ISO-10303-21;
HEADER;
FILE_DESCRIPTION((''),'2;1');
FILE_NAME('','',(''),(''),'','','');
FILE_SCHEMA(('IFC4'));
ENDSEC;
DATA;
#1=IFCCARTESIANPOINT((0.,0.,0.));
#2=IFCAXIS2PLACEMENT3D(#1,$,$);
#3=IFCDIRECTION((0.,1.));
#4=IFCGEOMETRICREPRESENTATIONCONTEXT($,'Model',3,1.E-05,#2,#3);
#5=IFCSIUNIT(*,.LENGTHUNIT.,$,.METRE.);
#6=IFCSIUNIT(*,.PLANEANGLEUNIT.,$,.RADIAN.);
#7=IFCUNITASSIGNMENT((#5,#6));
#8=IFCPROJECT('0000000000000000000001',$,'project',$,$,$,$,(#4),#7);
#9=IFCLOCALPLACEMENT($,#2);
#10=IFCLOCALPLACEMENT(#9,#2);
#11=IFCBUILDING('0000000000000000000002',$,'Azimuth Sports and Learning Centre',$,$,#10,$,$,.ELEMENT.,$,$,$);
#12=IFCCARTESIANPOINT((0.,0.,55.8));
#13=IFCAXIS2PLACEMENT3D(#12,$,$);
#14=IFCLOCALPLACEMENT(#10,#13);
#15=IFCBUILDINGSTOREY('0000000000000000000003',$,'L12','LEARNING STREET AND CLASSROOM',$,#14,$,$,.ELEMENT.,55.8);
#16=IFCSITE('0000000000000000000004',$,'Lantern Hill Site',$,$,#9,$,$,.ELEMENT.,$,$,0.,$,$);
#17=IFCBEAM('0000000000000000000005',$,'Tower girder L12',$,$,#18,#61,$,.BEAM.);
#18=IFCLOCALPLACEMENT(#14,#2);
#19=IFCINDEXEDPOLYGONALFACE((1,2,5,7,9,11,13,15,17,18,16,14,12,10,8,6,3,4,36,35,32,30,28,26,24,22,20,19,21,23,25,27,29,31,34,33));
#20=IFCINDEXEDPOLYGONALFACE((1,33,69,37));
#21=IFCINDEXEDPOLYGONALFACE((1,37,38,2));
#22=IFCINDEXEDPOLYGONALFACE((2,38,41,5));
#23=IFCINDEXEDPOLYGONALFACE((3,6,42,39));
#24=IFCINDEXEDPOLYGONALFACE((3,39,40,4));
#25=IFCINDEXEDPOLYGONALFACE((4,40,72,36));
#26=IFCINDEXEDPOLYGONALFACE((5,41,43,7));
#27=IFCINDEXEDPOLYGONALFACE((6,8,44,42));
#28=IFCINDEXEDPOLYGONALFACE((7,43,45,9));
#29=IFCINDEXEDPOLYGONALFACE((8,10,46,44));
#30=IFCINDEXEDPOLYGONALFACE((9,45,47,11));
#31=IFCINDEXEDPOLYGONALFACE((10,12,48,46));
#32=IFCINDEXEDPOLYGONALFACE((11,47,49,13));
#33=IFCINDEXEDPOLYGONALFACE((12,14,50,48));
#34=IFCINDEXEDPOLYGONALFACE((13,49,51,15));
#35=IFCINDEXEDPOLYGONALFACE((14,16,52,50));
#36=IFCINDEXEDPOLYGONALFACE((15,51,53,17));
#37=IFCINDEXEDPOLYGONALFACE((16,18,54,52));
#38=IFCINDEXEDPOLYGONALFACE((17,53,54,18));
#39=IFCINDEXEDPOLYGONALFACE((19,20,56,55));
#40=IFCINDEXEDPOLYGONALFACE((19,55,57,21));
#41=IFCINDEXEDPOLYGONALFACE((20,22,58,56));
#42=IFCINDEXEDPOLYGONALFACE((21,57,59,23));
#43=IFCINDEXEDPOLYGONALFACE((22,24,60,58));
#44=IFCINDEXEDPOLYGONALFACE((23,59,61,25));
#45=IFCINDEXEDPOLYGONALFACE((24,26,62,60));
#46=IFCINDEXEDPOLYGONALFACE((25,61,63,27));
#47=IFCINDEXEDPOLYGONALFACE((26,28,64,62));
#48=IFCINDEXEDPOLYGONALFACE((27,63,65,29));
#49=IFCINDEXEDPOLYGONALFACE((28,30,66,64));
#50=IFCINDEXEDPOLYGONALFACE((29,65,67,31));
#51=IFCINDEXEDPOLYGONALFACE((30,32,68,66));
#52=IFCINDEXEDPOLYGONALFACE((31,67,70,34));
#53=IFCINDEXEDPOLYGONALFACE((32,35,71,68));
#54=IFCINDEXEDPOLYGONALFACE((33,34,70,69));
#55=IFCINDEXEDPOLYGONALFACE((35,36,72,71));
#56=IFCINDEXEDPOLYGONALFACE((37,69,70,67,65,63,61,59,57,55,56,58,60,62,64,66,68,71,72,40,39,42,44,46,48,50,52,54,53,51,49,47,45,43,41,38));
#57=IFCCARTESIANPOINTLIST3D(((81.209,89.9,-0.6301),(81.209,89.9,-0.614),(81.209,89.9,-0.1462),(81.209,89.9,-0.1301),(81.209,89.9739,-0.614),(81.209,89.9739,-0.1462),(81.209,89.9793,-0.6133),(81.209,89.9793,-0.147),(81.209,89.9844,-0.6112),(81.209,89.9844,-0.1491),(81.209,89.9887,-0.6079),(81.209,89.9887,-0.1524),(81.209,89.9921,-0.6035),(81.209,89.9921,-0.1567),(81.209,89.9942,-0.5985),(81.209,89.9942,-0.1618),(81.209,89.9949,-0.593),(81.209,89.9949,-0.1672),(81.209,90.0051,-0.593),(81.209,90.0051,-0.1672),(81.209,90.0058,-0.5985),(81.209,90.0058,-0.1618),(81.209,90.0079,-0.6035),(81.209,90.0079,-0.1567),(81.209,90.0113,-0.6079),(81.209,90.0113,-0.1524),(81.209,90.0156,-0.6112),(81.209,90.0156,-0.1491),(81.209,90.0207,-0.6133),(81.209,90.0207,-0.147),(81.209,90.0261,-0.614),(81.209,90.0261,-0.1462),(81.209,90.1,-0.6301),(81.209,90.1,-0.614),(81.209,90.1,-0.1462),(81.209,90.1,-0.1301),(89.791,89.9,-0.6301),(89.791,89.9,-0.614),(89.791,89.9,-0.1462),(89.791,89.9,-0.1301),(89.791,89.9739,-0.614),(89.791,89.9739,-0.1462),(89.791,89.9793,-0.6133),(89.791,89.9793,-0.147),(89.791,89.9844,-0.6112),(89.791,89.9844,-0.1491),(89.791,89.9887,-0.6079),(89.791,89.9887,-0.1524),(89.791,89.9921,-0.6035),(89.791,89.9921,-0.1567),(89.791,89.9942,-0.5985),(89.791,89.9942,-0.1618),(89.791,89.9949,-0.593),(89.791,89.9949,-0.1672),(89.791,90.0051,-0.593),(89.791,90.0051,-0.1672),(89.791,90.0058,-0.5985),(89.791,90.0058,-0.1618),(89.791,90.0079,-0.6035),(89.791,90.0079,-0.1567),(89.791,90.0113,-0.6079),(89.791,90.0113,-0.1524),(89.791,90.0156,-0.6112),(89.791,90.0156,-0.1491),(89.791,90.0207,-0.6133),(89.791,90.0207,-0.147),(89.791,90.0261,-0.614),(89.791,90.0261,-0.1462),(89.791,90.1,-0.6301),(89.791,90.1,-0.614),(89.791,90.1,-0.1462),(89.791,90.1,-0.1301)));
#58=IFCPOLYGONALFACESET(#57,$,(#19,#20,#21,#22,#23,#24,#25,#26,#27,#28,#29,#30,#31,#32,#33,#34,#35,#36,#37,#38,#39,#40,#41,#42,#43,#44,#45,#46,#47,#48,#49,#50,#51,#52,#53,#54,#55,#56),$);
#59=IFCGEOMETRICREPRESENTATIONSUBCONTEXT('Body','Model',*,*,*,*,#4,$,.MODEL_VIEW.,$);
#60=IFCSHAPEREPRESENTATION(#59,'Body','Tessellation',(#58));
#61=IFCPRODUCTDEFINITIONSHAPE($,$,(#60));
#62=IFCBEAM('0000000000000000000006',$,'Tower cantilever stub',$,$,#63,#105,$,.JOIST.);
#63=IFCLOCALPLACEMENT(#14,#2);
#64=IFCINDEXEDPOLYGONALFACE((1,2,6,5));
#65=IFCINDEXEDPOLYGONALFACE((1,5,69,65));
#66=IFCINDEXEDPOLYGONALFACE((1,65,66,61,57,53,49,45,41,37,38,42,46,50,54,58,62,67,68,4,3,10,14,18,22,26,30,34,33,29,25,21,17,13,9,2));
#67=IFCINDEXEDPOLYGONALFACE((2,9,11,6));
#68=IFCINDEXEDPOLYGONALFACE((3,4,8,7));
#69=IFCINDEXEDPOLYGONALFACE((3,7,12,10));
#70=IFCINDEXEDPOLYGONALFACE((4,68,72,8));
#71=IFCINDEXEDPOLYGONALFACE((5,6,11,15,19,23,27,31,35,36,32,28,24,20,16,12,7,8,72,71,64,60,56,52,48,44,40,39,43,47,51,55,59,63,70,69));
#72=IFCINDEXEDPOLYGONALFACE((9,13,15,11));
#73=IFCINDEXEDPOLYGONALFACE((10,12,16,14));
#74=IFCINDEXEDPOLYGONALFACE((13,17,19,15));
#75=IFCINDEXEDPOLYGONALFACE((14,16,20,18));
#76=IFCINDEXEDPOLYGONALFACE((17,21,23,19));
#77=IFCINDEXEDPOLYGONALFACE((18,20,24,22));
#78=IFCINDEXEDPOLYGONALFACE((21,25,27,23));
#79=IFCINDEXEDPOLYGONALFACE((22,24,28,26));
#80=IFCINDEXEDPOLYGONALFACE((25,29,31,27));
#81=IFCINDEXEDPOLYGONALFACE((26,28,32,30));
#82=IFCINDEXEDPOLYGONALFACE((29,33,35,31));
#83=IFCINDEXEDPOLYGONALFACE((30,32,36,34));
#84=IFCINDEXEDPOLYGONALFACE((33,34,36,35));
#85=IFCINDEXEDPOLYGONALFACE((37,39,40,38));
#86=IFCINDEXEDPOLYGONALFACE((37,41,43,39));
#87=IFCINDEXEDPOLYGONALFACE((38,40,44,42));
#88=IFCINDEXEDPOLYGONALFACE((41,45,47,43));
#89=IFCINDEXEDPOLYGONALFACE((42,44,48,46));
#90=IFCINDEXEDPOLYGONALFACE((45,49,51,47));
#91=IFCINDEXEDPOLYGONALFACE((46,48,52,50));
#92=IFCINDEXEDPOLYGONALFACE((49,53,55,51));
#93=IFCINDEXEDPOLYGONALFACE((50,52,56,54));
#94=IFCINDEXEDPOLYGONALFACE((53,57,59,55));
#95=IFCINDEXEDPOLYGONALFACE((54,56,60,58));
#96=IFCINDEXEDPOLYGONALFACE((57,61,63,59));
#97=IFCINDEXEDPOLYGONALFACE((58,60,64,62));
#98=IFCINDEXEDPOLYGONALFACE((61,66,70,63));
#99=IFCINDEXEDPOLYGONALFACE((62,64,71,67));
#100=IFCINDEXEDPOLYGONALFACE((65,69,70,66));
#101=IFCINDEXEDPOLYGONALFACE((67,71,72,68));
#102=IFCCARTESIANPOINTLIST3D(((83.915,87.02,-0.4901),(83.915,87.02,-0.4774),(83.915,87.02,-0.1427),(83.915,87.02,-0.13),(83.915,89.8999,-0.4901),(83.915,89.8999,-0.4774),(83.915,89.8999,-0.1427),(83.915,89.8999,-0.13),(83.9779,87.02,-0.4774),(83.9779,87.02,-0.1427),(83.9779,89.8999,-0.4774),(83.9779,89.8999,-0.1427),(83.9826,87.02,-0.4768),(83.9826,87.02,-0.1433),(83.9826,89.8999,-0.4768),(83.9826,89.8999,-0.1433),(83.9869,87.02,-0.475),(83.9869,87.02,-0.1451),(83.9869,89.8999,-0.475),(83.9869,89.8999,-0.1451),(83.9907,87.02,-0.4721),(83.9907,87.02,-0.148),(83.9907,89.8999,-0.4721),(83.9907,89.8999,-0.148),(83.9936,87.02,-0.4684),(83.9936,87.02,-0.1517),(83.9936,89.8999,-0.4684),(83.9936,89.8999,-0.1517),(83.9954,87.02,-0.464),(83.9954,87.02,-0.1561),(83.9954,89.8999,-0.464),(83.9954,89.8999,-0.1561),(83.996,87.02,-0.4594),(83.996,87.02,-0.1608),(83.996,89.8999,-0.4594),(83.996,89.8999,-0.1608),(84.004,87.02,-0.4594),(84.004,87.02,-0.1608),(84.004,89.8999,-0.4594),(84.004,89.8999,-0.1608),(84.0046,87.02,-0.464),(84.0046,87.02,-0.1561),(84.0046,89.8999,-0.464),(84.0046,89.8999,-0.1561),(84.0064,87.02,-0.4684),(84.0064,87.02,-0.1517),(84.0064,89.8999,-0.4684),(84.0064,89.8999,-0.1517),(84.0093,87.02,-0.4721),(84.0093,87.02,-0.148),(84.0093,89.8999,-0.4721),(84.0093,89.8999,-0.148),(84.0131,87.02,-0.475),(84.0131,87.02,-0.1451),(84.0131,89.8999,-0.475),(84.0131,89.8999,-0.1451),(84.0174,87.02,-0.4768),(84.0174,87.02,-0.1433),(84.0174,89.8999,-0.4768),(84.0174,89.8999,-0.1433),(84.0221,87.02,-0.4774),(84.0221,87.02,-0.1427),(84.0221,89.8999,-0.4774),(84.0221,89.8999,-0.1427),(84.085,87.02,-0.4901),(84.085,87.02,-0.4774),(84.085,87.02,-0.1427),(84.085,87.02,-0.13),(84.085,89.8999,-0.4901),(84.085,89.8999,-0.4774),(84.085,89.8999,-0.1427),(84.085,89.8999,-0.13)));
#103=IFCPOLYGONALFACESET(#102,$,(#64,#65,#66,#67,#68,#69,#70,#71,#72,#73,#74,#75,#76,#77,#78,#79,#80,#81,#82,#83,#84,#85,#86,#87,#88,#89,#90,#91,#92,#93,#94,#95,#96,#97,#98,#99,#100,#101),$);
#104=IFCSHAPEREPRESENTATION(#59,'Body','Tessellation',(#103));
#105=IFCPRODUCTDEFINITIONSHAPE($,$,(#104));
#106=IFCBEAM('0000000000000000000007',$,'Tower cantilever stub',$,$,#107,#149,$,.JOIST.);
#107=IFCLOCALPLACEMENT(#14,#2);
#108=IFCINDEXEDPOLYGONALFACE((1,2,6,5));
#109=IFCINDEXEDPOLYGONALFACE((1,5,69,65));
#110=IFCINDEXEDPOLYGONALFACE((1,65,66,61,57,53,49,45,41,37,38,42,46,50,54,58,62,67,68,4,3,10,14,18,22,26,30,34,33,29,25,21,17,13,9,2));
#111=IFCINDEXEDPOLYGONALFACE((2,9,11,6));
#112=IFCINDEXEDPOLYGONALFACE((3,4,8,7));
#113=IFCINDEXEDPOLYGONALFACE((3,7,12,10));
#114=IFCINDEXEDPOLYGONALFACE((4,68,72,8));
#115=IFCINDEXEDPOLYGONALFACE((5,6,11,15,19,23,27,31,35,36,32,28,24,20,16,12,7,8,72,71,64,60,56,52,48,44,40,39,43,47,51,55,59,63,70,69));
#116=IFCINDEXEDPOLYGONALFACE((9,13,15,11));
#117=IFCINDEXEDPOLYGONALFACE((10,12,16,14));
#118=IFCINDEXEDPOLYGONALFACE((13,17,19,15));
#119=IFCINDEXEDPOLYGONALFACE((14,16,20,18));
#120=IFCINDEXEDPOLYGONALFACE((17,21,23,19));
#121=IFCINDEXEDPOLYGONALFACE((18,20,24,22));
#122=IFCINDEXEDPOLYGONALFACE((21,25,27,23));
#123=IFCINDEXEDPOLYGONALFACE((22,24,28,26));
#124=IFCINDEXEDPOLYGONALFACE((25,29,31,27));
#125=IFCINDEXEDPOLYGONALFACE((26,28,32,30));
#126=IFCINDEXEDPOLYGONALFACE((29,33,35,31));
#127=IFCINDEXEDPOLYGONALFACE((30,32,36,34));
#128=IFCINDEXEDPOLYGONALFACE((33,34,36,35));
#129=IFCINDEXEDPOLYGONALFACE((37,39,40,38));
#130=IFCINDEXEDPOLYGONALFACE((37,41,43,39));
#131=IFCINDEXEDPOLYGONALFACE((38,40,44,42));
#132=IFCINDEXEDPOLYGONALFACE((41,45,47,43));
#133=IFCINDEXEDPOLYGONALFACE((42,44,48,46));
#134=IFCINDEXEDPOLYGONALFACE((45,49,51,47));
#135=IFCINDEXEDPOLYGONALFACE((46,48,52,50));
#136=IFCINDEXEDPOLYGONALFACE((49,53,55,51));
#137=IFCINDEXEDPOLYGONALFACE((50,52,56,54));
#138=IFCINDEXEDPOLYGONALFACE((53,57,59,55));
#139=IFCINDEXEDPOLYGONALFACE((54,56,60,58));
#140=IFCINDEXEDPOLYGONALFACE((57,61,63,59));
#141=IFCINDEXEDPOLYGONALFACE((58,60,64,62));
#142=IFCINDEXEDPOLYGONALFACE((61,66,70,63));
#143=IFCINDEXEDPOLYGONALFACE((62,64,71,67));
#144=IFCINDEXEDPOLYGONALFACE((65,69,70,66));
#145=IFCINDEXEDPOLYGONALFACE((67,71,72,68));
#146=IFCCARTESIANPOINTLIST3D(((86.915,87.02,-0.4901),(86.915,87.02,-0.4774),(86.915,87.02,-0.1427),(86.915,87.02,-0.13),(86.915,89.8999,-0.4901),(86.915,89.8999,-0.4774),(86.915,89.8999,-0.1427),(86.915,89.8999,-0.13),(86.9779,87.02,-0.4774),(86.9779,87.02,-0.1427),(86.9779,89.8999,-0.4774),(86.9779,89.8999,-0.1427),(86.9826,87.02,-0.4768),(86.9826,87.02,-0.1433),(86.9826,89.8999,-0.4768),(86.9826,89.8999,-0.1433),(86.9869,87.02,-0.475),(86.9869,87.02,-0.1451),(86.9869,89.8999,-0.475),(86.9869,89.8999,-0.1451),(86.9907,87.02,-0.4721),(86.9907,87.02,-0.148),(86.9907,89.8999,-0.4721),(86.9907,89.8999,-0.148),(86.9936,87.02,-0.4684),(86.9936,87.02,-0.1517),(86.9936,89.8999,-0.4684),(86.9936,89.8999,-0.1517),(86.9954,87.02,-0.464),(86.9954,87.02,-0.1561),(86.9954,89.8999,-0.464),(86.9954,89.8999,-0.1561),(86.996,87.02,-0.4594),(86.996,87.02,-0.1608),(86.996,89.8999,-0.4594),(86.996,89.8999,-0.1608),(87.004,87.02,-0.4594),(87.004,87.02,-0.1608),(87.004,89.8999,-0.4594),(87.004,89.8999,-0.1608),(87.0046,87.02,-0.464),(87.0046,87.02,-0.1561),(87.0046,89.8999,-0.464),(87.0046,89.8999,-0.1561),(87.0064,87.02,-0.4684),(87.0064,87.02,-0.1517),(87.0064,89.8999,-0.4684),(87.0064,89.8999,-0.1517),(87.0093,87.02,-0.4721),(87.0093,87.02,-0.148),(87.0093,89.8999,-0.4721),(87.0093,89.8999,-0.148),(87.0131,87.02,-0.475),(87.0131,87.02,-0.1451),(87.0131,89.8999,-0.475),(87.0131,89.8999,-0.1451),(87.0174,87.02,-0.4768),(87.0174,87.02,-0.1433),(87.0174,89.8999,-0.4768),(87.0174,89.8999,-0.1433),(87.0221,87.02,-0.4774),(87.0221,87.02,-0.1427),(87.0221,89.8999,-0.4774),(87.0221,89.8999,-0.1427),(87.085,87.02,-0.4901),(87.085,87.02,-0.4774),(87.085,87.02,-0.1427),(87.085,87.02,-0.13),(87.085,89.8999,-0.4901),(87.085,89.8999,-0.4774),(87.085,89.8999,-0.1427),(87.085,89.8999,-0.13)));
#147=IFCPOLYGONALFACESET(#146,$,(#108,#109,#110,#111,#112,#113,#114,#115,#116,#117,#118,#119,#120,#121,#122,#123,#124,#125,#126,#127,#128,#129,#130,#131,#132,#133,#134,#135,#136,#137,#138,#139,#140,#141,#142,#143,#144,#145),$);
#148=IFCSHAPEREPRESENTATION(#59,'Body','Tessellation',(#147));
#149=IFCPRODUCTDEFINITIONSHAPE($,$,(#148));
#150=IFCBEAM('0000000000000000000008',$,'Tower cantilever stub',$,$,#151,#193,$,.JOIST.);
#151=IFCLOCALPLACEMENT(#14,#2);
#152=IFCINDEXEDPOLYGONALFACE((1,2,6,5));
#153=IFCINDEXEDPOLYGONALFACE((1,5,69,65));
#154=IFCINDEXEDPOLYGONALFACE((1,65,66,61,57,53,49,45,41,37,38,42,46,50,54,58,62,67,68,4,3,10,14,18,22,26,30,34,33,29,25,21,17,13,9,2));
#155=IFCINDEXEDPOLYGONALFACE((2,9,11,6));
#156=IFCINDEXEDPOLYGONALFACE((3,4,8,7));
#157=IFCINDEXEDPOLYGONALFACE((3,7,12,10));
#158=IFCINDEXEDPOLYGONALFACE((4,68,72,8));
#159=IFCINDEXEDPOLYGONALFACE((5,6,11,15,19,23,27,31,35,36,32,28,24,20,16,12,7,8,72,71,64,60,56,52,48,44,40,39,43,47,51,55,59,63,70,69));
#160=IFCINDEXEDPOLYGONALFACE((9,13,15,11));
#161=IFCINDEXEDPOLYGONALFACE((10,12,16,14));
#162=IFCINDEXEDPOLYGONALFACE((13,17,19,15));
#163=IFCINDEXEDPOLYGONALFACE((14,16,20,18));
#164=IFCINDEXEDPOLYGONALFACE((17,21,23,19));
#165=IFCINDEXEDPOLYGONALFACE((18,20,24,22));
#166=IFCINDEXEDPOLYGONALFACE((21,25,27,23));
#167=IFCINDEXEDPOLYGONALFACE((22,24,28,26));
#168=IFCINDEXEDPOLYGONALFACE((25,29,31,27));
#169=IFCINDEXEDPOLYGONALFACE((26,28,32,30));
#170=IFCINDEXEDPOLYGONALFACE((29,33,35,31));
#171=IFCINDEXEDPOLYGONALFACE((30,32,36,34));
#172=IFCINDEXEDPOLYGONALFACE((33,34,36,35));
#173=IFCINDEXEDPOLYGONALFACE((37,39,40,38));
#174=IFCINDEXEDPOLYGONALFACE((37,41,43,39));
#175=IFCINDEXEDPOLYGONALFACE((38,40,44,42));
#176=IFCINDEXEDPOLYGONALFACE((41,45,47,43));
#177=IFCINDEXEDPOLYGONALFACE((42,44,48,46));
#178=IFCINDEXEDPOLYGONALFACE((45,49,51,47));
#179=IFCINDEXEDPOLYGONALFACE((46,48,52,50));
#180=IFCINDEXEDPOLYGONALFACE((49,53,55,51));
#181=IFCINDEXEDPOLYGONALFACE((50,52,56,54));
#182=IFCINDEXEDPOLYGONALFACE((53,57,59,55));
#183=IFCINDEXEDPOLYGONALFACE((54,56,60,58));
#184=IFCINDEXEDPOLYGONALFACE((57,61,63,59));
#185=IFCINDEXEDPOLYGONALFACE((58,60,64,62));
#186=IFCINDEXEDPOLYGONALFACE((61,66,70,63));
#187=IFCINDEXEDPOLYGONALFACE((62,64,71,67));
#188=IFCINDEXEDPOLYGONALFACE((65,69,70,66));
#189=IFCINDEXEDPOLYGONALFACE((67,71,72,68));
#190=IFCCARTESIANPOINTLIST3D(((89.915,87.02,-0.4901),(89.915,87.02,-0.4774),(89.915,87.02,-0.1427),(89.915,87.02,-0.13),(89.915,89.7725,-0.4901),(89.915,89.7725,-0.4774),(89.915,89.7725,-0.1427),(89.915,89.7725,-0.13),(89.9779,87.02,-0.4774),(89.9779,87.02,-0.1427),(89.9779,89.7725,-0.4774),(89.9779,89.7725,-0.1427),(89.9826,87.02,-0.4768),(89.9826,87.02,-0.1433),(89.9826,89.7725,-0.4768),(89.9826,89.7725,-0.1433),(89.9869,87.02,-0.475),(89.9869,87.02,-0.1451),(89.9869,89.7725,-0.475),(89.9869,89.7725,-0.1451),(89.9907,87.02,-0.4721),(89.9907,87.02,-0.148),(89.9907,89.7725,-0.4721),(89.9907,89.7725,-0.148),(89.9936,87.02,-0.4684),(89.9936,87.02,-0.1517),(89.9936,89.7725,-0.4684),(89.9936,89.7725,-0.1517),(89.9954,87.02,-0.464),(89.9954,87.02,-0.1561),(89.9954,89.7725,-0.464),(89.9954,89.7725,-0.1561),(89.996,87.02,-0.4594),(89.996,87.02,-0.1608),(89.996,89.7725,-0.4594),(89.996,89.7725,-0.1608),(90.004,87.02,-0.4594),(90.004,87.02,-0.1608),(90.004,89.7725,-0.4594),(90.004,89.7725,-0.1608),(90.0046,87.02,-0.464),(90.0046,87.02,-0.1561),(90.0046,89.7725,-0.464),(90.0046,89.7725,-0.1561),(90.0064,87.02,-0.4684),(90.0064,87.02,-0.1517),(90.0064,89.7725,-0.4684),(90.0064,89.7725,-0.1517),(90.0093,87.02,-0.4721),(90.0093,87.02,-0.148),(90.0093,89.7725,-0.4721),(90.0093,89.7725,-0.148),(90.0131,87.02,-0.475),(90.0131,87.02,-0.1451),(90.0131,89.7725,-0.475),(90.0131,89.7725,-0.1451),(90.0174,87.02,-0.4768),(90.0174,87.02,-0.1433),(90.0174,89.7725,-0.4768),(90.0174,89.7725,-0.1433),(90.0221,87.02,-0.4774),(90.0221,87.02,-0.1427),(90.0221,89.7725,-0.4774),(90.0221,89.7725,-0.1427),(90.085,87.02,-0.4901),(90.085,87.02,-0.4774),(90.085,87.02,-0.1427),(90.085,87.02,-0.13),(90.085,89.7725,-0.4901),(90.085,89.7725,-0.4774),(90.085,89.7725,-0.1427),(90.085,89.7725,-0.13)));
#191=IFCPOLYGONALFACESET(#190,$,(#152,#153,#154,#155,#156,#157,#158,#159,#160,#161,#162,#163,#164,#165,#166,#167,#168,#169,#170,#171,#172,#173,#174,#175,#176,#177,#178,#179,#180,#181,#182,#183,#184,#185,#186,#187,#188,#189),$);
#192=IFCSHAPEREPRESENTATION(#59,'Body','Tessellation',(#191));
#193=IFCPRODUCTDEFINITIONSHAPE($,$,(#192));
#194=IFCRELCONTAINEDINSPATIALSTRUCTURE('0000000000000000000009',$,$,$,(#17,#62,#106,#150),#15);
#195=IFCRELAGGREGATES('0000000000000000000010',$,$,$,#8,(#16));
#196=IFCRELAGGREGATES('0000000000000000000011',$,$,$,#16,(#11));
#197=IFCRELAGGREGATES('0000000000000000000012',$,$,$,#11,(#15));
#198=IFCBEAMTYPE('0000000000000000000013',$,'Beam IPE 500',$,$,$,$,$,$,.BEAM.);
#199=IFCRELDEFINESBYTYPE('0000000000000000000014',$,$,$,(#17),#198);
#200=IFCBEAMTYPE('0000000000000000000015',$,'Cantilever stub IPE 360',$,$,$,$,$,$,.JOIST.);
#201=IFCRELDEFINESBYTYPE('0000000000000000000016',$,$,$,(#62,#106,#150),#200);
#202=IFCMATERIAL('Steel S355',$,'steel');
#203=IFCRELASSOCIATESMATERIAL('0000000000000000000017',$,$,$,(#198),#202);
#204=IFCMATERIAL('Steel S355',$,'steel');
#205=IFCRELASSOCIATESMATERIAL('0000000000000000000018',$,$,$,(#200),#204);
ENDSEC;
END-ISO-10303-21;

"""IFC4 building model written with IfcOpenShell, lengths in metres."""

from ifc_helpers import new_model, si_unit, direction, frame, origin, origin_2d, place, context, subcontext, project, spatial, i_section, extrude, material, material_profile, profile_set, type_object, element, save


model = new_model("IFC4")

# Units and contexts
model_context = context("Model", 3, precision=1e-05, world=origin(), true_north=direction((0.0, 1.0)))
body_context = subcontext(model_context, "Body", "Model", "MODEL_VIEW")
ifc_project = project(units=[si_unit("LENGTHUNIT", "METRE"), si_unit("PLANEANGLEUNIT", "RADIAN")], contexts=[model_context])

# Site, building, storey
site_placement = place(None, origin())
site = spatial("IfcSite", under=ifc_project, at=site_placement, Name="Lantern Hill Site", CompositionType="ELEMENT", RefElevation=0.0)
building_placement = place(site_placement, origin())
building = spatial("IfcBuilding", under=site, at=building_placement, Name="Azimuth Sports and Learning Centre", CompositionType="ELEMENT")
storey_placement = place(building_placement, frame((0.0, 0.0, 55.8)))
storey = spatial("IfcBuildingStorey", under=building, at=storey_placement, Name="L12", Description="LEARNING STREET AND CLASSROOM", CompositionType="ELEMENT", Elevation=55.8)

# Beams
ifc_material_1 = material(Name="Steel S355", Category="steel")
ifc_material_profile_1 = material_profile(ifc_material_1, i_section(OverallWidth=0.2, OverallDepth=0.5, WebThickness=0.0103, FlangeThickness=0.0161, FilletRadius=0.021, at=origin_2d()), Name="IPE 500")
ifc_profile_set_1 = profile_set([ifc_material_profile_1], Name="Steel S355")
beam_type_1 = type_object("IfcBeamType", Name="Beam IPE 500", PredefinedType="BEAM", material=ifc_profile_set_1)
beam_1_placement = place(storey_placement, frame((81.209, 90.0, -0.3801), z_axis=(1.0, 0.0, 0.0), x_axis=(0.0, 1.0, 0.0)))
element("IfcBeam", 1, at=beam_1_placement, inside=storey, type_object=beam_type_1, Name="Tower girder L12", PredefinedType="BEAM", context=body_context, shape_type="SweptSolid", body=[
    extrude(i_section(OverallWidth=0.2, OverallDepth=0.5, WebThickness=0.0103, FlangeThickness=0.0161, FilletRadius=0.021, at=origin_2d()), origin(), (0.0, 0.0, 1.0), 8.582),
])
ifc_material_2 = material(Name="Steel S355", Category="steel")
ifc_material_profile_2 = material_profile(ifc_material_2, i_section(OverallWidth=0.1699, OverallDepth=0.3601, WebThickness=0.0081, FlangeThickness=0.0127, FilletRadius=0.0181, at=origin_2d()), Name="IPE 360")
ifc_profile_set_2 = profile_set([ifc_material_profile_2], Name="Steel S355")
beam_type_2 = type_object("IfcBeamType", Name="Cantilever stub IPE 360", PredefinedType="JOIST", material=ifc_profile_set_2)
for number, where, z_axis, x_axis, name in (
    (2, (84.0, 89.8999, -0.3101), (0.0, -1.0, 0.0), (1.0, 0.0, 0.0), "Tower cantilever stub"),
    (3, (87.0, 89.8999, -0.3101), (0.0, -1.0, 0.0), (1.0, 0.0, 0.0), "Tower cantilever stub"),
):
    element("IfcBeam", number, at=place(storey_placement, frame(where, z_axis=z_axis, x_axis=x_axis)), inside=storey, type_object=beam_type_2, Name=name, PredefinedType="JOIST", context=body_context, shape_type="SweptSolid", body=[
        extrude(i_section(OverallWidth=0.1699, OverallDepth=0.3601, WebThickness=0.0081, FlangeThickness=0.0127, FilletRadius=0.0181, at=origin_2d()), origin(), (0.0, 0.0, 1.0), 2.8799),
    ])
beam_2_placement = place(storey_placement, frame((90.0, 89.7725, -0.3101), z_axis=(0.0, -1.0, 0.0), x_axis=(1.0, 0.0, 0.0)))
element("IfcBeam", 4, at=beam_2_placement, inside=storey, type_object=beam_type_2, Name="Tower cantilever stub", PredefinedType="JOIST", context=body_context, shape_type="SweptSolid", body=[
    extrude(i_section(OverallWidth=0.1699, OverallDepth=0.3601, WebThickness=0.0081, FlangeThickness=0.0127, FilletRadius=0.0181, at=origin_2d()), origin(), (0.0, 0.0, 1.0), 2.7524),
])

save(model, "model.ifc")
